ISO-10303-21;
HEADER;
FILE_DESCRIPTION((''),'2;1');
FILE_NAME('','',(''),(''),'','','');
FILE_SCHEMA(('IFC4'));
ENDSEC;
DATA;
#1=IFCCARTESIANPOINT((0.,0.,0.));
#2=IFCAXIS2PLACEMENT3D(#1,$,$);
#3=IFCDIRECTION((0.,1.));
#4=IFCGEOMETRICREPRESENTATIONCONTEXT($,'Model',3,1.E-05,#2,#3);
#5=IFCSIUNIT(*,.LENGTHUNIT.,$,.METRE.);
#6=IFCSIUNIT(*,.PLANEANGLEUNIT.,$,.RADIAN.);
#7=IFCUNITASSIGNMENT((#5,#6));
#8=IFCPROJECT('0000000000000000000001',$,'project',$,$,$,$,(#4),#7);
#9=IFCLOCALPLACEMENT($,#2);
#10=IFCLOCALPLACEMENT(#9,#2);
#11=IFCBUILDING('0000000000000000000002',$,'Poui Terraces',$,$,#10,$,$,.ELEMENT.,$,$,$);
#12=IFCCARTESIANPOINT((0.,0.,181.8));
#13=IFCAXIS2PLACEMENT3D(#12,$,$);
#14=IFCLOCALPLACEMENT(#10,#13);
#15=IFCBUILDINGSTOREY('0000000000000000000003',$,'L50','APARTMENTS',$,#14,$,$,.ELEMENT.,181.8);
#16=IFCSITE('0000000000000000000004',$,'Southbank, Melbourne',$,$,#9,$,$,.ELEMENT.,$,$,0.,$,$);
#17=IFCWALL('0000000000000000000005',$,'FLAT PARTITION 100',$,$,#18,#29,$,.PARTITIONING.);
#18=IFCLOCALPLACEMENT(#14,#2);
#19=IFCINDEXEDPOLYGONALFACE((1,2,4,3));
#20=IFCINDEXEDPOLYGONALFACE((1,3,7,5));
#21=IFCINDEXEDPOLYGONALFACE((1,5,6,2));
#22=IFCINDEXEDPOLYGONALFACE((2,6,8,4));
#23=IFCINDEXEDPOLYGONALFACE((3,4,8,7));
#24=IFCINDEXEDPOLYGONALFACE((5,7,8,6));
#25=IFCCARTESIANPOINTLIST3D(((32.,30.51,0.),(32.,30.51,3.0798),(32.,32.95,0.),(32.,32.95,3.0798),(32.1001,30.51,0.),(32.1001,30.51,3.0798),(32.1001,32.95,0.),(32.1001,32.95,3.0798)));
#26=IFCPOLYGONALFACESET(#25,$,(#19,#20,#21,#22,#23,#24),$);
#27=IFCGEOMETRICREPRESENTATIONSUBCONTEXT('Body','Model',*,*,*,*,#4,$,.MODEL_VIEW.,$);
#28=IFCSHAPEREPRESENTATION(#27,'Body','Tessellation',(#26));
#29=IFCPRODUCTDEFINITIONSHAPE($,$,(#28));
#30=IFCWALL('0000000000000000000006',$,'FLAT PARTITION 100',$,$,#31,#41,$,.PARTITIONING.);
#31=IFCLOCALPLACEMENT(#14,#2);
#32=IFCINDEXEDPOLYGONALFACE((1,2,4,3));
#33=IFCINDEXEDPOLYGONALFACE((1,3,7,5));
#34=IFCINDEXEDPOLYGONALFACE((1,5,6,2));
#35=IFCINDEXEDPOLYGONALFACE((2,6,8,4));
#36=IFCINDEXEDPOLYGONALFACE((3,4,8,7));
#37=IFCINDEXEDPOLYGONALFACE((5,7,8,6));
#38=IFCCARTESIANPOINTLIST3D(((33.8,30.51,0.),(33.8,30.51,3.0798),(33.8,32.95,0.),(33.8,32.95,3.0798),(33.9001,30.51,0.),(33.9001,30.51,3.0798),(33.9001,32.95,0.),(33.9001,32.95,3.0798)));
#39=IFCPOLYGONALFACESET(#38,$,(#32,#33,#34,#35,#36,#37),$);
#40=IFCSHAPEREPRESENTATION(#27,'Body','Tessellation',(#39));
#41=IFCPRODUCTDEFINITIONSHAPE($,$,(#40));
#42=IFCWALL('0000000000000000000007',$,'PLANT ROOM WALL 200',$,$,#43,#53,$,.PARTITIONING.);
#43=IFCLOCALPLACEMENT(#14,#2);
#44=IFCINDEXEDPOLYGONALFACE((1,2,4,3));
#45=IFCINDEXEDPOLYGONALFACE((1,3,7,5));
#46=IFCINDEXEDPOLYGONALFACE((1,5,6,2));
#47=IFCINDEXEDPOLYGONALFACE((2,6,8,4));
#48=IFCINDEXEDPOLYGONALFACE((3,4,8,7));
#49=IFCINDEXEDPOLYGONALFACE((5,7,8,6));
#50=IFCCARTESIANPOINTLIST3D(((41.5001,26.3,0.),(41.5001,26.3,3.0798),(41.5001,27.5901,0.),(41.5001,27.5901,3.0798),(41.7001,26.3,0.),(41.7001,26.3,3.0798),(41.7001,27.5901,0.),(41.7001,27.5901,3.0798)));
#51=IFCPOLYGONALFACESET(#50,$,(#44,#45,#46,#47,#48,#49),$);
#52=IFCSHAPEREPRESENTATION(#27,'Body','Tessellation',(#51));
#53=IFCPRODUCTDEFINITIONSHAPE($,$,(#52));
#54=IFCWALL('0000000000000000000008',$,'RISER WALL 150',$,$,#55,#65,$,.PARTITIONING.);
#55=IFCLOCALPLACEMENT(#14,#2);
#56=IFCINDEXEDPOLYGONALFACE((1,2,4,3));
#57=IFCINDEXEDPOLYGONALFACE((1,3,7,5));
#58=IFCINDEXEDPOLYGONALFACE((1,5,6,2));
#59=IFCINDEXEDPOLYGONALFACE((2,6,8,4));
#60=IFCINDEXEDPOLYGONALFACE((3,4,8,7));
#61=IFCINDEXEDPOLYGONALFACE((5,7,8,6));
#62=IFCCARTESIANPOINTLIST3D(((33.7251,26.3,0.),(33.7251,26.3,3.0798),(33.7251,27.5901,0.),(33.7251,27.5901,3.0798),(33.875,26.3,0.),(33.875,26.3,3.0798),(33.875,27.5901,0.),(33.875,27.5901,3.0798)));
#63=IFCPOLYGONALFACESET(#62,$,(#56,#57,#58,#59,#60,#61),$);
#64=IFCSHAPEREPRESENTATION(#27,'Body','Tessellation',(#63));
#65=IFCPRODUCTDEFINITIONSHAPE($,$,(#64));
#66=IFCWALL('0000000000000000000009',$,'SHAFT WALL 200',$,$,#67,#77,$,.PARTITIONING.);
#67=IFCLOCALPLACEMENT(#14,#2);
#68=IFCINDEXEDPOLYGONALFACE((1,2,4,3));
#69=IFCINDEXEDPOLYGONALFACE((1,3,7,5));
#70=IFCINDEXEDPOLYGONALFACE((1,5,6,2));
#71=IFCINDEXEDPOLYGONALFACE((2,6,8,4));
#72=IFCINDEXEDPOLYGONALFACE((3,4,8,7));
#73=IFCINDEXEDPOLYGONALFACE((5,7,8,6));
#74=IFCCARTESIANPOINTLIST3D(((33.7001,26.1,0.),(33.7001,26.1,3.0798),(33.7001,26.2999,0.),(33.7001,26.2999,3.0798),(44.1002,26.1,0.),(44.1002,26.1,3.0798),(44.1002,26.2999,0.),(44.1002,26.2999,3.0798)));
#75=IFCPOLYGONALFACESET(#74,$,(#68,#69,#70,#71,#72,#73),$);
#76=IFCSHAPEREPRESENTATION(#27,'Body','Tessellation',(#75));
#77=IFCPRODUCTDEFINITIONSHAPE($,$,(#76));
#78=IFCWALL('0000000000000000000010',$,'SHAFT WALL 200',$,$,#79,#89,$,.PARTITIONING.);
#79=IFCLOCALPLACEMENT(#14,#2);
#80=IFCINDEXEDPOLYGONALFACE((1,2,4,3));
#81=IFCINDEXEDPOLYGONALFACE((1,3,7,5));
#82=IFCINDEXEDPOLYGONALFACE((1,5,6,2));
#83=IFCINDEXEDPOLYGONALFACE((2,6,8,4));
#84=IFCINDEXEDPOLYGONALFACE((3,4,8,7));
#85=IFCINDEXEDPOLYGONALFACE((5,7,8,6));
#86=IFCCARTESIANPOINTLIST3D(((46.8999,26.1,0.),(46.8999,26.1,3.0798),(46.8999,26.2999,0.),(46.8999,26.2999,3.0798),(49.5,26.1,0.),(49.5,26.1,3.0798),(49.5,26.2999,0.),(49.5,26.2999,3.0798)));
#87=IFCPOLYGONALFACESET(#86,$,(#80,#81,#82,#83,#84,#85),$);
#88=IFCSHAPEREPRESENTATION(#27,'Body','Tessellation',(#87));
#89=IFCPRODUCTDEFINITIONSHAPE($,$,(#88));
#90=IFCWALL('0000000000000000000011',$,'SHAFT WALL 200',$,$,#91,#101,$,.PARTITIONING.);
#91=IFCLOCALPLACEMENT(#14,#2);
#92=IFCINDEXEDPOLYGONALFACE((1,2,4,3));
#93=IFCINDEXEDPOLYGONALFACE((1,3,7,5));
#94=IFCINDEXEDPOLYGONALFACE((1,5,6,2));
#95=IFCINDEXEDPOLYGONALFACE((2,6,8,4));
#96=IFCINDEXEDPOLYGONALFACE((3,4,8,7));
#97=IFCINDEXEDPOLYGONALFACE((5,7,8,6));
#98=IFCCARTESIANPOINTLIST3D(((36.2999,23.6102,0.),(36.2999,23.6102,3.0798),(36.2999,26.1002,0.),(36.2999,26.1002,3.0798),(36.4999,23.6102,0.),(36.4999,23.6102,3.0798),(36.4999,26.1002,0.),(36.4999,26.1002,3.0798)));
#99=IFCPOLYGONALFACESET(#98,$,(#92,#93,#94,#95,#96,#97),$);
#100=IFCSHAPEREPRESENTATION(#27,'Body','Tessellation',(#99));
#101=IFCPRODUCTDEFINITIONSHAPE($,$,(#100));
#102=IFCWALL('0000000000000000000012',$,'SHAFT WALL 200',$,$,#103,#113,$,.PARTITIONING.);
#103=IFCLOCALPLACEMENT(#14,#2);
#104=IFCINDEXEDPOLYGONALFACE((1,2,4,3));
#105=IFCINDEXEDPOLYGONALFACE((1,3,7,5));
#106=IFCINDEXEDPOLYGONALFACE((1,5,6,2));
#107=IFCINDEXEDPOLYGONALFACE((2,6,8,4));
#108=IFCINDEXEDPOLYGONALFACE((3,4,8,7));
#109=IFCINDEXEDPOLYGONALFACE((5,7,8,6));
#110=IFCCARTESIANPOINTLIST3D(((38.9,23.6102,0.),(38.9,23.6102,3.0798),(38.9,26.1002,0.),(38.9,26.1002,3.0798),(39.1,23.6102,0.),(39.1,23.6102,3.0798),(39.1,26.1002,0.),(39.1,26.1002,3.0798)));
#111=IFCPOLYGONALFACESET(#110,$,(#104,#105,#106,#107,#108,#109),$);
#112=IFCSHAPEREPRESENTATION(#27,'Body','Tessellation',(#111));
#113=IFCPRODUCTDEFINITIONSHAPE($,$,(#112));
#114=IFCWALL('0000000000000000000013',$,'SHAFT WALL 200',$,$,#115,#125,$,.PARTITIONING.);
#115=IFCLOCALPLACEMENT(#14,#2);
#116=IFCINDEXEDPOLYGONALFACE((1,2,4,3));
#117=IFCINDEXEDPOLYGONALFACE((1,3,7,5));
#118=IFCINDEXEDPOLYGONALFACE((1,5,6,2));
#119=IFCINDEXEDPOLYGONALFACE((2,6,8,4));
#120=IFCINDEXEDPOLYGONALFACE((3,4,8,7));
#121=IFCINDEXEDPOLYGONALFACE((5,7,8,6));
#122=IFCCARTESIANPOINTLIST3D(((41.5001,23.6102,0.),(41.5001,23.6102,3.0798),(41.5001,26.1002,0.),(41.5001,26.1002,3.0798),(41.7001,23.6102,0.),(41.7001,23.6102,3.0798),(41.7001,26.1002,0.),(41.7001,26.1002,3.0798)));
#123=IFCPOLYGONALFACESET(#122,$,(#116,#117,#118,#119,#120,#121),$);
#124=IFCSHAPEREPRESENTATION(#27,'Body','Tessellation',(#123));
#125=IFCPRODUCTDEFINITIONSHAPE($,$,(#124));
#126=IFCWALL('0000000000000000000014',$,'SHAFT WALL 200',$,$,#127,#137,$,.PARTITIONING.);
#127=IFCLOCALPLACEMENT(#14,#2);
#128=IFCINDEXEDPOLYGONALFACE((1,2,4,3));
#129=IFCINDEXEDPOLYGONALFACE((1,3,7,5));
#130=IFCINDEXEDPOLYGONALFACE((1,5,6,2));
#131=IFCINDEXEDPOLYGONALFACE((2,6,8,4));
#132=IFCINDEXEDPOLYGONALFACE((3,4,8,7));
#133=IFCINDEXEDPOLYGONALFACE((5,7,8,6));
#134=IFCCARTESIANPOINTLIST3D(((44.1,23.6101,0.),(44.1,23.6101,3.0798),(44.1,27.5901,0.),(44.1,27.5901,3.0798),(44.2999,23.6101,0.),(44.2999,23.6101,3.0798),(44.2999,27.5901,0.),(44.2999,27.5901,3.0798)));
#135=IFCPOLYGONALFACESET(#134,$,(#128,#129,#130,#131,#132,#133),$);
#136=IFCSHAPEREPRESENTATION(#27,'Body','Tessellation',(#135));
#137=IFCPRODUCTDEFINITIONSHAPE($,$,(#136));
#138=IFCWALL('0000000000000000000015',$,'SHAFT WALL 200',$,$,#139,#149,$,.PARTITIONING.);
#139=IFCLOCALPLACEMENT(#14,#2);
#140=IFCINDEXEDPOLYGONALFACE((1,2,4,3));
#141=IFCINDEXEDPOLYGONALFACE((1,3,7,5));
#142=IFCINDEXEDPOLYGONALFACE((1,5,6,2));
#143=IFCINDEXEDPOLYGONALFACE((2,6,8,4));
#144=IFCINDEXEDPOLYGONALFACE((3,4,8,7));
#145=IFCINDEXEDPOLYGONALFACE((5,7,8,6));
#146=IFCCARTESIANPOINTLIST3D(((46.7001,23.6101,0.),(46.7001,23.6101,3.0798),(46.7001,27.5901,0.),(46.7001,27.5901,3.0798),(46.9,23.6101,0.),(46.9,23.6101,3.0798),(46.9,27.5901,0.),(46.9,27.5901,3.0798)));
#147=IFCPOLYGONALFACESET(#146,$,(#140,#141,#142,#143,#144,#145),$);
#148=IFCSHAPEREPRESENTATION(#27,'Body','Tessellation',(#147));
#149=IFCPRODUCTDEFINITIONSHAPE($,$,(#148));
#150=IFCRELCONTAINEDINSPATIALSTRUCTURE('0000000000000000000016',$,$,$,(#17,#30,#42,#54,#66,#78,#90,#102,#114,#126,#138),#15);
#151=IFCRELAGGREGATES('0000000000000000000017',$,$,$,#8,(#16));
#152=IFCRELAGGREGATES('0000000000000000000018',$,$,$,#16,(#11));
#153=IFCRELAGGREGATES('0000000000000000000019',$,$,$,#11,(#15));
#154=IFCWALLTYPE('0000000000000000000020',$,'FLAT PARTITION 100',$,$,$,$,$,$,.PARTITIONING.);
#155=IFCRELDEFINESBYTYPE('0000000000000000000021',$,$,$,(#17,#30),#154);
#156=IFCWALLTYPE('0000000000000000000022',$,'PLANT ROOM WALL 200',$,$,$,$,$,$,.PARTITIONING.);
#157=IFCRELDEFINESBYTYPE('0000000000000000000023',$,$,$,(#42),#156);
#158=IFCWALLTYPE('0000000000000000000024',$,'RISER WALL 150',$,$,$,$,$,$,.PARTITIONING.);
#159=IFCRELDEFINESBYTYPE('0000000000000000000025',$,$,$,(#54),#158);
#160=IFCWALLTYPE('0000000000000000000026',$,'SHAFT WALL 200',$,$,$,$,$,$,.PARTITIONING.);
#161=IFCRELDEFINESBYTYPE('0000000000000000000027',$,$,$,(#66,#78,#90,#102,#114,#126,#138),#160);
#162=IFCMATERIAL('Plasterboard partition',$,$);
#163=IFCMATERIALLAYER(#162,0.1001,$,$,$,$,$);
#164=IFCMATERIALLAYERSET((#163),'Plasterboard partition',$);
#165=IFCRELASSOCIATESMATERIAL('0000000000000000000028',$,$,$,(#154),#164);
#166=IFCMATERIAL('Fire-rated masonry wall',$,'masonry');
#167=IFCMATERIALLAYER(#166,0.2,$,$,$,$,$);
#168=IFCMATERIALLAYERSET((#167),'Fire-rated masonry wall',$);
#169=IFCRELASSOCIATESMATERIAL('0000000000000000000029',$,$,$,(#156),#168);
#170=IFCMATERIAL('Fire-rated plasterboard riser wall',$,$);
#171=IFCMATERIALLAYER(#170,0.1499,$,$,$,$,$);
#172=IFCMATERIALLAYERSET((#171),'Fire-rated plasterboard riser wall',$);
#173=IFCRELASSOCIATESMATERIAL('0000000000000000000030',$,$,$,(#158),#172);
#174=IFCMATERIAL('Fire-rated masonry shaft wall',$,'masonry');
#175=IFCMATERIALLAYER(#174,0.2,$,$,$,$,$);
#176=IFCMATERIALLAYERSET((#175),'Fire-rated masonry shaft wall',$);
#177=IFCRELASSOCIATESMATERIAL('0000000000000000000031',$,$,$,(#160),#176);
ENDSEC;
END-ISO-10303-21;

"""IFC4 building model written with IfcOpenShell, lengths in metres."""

from ifc_helpers import new_model, si_unit, direction, frame, frame_2d, origin, place, context, subcontext, project, spatial, rectangle, extrude, material, layer, layer_set, type_object, element, save


model = new_model("IFC4")

# Units and contexts
model_context = context("Model", 3, precision=1e-05, world=origin(), true_north=direction((0.0, 1.0)))
body_context = subcontext(model_context, "Body", "Model", "MODEL_VIEW")
ifc_project = project(units=[si_unit("LENGTHUNIT", "METRE"), si_unit("PLANEANGLEUNIT", "RADIAN")], contexts=[model_context])

# Site, building, storey
site_placement = place(None, origin())
site = spatial("IfcSite", under=ifc_project, at=site_placement, Name="Southbank, Melbourne", CompositionType="ELEMENT", RefElevation=0.0)
building_placement = place(site_placement, origin())
building = spatial("IfcBuilding", under=site, at=building_placement, Name="Poui Terraces", CompositionType="ELEMENT")
storey_placement = place(building_placement, frame((0.0, 0.0, 181.8)))
storey = spatial("IfcBuildingStorey", under=building, at=storey_placement, Name="L50", Description="APARTMENTS", CompositionType="ELEMENT", Elevation=181.8)

# Walls
ifc_material_1 = material(Name="Plasterboard partition")
ifc_layer_1 = layer(ifc_material_1, 0.1001)
ifc_layer_set_1 = layer_set([ifc_layer_1], Name="Plasterboard partition")
wall_type_1 = type_object("IfcWallType", Name="FLAT PARTITION 100", PredefinedType="PARTITIONING", material=ifc_layer_set_1)
for number, where, z_axis, x_axis, name in (
    (1, (32.05, 30.51, 0.0), (0.0, 0.0, 1.0), (0.0, 1.0, 0.0), "FLAT PARTITION 100"),
    (2, (33.8501, 30.51, 0.0), (0.0, 0.0, 1.0), (0.0, 1.0, 0.0), "FLAT PARTITION 100"),
):
    element("IfcWall", number, at=place(storey_placement, frame(where, z_axis=z_axis, x_axis=x_axis)), inside=storey, type_object=wall_type_1, Name=name, PredefinedType="PARTITIONING", context=body_context, shape_type="SweptSolid", body=[
        extrude(rectangle(XDim=2.4399, YDim=0.1001, at=frame_2d((1.22, 0.0))), origin(), (0.0, 0.0, 1.0), 3.0798),
    ])
ifc_material_2 = material(Name="Fire-rated masonry wall", Category="masonry")
ifc_layer_2 = layer(ifc_material_2, 0.2)
ifc_layer_set_2 = layer_set([ifc_layer_2], Name="Fire-rated masonry wall")
wall_type_2 = type_object("IfcWallType", Name="PLANT ROOM WALL 200", PredefinedType="PARTITIONING", material=ifc_layer_set_2)
wall_1_placement = place(storey_placement, frame((41.6001, 26.3, 0.0), z_axis=(0.0, 0.0, 1.0), x_axis=(0.0, 1.0, 0.0)))
element("IfcWall", 3, at=wall_1_placement, inside=storey, type_object=wall_type_2, Name="PLANT ROOM WALL 200", PredefinedType="PARTITIONING", context=body_context, shape_type="SweptSolid", body=[
    extrude(rectangle(XDim=1.29, YDim=0.2, at=frame_2d((0.645, 0.0))), origin(), (0.0, 0.0, 1.0), 3.0798),
])
ifc_material_3 = material(Name="Fire-rated plasterboard riser wall")
ifc_layer_3 = layer(ifc_material_3, 0.1499)
ifc_layer_set_3 = layer_set([ifc_layer_3], Name="Fire-rated plasterboard riser wall")
wall_type_3 = type_object("IfcWallType", Name="RISER WALL 150", PredefinedType="PARTITIONING", material=ifc_layer_set_3)
wall_2_placement = place(storey_placement, frame((33.8, 26.3, 0.0), z_axis=(0.0, 0.0, 1.0), x_axis=(0.0, 1.0, 0.0)))
element("IfcWall", 4, at=wall_2_placement, inside=storey, type_object=wall_type_3, Name="RISER WALL 150", PredefinedType="PARTITIONING", context=body_context, shape_type="SweptSolid", body=[
    extrude(rectangle(XDim=1.29, YDim=0.1499, at=frame_2d((0.645, 0.0))), origin(), (0.0, 0.0, 1.0), 3.0798),
])
ifc_material_4 = material(Name="Fire-rated masonry shaft wall", Category="masonry")
ifc_layer_4 = layer(ifc_material_4, 0.2)
ifc_layer_set_4 = layer_set([ifc_layer_4], Name="Fire-rated masonry shaft wall")
wall_type_4 = type_object("IfcWallType", Name="SHAFT WALL 200", PredefinedType="PARTITIONING", material=ifc_layer_set_4)
wall_3_placement = place(storey_placement, frame((33.7, 26.2, 0.0), z_axis=(0.0, 0.0, 1.0), x_axis=(1.0, 0.0, 0.0)))
element("IfcWall", 5, at=wall_3_placement, inside=storey, type_object=wall_type_4, Name="SHAFT WALL 200", PredefinedType="PARTITIONING", context=body_context, shape_type="SweptSolid", body=[
    extrude(rectangle(XDim=10.4001, YDim=0.2, at=frame_2d((5.2002, 0.0))), origin(), (0.0, 0.0, 1.0), 3.0798),
])
wall_4_placement = place(storey_placement, frame((46.8999, 26.2, 0.0), z_axis=(0.0, 0.0, 1.0), x_axis=(1.0, 0.0, 0.0)))
element("IfcWall", 6, at=wall_4_placement, inside=storey, type_object=wall_type_4, Name="SHAFT WALL 200", PredefinedType="PARTITIONING", context=body_context, shape_type="SweptSolid", body=[
    extrude(rectangle(XDim=2.6001, YDim=0.2, at=frame_2d((1.3, 0.0))), origin(), (0.0, 0.0, 1.0), 3.0798),
])
for number, where, z_axis, x_axis, name in (
    (7, (36.3999, 23.6101, 0.0), (0.0, 0.0, 1.0), (0.0, 1.0, 0.0), "SHAFT WALL 200"),
    (8, (39.0, 23.6101, 0.0), (0.0, 0.0, 1.0), (0.0, 1.0, 0.0), "SHAFT WALL 200"),
    (9, (41.6001, 23.6101, 0.0), (0.0, 0.0, 1.0), (0.0, 1.0, 0.0), "SHAFT WALL 200"),
):
    element("IfcWall", number, at=place(storey_placement, frame(where, z_axis=z_axis, x_axis=x_axis)), inside=storey, type_object=wall_type_4, Name=name, PredefinedType="PARTITIONING", context=body_context, shape_type="SweptSolid", body=[
        extrude(rectangle(XDim=2.49, YDim=0.2, at=frame_2d((1.2451, 0.0))), origin(), (0.0, 0.0, 1.0), 3.0798),
    ])
for number, where, z_axis, x_axis, name in (
    (10, (44.2, 23.6101, 0.0), (0.0, 0.0, 1.0), (0.0, 1.0, 0.0), "SHAFT WALL 200"),
    (11, (46.8, 23.6101, 0.0), (0.0, 0.0, 1.0), (0.0, 1.0, 0.0), "SHAFT WALL 200"),
):
    element("IfcWall", number, at=place(storey_placement, frame(where, z_axis=z_axis, x_axis=x_axis)), inside=storey, type_object=wall_type_4, Name=name, PredefinedType="PARTITIONING", context=body_context, shape_type="SweptSolid", body=[
        extrude(rectangle(XDim=3.98, YDim=0.2, at=frame_2d((1.99, 0.0))), origin(), (0.0, 0.0, 1.0), 3.0798),
    ])

save(model, "model.ifc")
